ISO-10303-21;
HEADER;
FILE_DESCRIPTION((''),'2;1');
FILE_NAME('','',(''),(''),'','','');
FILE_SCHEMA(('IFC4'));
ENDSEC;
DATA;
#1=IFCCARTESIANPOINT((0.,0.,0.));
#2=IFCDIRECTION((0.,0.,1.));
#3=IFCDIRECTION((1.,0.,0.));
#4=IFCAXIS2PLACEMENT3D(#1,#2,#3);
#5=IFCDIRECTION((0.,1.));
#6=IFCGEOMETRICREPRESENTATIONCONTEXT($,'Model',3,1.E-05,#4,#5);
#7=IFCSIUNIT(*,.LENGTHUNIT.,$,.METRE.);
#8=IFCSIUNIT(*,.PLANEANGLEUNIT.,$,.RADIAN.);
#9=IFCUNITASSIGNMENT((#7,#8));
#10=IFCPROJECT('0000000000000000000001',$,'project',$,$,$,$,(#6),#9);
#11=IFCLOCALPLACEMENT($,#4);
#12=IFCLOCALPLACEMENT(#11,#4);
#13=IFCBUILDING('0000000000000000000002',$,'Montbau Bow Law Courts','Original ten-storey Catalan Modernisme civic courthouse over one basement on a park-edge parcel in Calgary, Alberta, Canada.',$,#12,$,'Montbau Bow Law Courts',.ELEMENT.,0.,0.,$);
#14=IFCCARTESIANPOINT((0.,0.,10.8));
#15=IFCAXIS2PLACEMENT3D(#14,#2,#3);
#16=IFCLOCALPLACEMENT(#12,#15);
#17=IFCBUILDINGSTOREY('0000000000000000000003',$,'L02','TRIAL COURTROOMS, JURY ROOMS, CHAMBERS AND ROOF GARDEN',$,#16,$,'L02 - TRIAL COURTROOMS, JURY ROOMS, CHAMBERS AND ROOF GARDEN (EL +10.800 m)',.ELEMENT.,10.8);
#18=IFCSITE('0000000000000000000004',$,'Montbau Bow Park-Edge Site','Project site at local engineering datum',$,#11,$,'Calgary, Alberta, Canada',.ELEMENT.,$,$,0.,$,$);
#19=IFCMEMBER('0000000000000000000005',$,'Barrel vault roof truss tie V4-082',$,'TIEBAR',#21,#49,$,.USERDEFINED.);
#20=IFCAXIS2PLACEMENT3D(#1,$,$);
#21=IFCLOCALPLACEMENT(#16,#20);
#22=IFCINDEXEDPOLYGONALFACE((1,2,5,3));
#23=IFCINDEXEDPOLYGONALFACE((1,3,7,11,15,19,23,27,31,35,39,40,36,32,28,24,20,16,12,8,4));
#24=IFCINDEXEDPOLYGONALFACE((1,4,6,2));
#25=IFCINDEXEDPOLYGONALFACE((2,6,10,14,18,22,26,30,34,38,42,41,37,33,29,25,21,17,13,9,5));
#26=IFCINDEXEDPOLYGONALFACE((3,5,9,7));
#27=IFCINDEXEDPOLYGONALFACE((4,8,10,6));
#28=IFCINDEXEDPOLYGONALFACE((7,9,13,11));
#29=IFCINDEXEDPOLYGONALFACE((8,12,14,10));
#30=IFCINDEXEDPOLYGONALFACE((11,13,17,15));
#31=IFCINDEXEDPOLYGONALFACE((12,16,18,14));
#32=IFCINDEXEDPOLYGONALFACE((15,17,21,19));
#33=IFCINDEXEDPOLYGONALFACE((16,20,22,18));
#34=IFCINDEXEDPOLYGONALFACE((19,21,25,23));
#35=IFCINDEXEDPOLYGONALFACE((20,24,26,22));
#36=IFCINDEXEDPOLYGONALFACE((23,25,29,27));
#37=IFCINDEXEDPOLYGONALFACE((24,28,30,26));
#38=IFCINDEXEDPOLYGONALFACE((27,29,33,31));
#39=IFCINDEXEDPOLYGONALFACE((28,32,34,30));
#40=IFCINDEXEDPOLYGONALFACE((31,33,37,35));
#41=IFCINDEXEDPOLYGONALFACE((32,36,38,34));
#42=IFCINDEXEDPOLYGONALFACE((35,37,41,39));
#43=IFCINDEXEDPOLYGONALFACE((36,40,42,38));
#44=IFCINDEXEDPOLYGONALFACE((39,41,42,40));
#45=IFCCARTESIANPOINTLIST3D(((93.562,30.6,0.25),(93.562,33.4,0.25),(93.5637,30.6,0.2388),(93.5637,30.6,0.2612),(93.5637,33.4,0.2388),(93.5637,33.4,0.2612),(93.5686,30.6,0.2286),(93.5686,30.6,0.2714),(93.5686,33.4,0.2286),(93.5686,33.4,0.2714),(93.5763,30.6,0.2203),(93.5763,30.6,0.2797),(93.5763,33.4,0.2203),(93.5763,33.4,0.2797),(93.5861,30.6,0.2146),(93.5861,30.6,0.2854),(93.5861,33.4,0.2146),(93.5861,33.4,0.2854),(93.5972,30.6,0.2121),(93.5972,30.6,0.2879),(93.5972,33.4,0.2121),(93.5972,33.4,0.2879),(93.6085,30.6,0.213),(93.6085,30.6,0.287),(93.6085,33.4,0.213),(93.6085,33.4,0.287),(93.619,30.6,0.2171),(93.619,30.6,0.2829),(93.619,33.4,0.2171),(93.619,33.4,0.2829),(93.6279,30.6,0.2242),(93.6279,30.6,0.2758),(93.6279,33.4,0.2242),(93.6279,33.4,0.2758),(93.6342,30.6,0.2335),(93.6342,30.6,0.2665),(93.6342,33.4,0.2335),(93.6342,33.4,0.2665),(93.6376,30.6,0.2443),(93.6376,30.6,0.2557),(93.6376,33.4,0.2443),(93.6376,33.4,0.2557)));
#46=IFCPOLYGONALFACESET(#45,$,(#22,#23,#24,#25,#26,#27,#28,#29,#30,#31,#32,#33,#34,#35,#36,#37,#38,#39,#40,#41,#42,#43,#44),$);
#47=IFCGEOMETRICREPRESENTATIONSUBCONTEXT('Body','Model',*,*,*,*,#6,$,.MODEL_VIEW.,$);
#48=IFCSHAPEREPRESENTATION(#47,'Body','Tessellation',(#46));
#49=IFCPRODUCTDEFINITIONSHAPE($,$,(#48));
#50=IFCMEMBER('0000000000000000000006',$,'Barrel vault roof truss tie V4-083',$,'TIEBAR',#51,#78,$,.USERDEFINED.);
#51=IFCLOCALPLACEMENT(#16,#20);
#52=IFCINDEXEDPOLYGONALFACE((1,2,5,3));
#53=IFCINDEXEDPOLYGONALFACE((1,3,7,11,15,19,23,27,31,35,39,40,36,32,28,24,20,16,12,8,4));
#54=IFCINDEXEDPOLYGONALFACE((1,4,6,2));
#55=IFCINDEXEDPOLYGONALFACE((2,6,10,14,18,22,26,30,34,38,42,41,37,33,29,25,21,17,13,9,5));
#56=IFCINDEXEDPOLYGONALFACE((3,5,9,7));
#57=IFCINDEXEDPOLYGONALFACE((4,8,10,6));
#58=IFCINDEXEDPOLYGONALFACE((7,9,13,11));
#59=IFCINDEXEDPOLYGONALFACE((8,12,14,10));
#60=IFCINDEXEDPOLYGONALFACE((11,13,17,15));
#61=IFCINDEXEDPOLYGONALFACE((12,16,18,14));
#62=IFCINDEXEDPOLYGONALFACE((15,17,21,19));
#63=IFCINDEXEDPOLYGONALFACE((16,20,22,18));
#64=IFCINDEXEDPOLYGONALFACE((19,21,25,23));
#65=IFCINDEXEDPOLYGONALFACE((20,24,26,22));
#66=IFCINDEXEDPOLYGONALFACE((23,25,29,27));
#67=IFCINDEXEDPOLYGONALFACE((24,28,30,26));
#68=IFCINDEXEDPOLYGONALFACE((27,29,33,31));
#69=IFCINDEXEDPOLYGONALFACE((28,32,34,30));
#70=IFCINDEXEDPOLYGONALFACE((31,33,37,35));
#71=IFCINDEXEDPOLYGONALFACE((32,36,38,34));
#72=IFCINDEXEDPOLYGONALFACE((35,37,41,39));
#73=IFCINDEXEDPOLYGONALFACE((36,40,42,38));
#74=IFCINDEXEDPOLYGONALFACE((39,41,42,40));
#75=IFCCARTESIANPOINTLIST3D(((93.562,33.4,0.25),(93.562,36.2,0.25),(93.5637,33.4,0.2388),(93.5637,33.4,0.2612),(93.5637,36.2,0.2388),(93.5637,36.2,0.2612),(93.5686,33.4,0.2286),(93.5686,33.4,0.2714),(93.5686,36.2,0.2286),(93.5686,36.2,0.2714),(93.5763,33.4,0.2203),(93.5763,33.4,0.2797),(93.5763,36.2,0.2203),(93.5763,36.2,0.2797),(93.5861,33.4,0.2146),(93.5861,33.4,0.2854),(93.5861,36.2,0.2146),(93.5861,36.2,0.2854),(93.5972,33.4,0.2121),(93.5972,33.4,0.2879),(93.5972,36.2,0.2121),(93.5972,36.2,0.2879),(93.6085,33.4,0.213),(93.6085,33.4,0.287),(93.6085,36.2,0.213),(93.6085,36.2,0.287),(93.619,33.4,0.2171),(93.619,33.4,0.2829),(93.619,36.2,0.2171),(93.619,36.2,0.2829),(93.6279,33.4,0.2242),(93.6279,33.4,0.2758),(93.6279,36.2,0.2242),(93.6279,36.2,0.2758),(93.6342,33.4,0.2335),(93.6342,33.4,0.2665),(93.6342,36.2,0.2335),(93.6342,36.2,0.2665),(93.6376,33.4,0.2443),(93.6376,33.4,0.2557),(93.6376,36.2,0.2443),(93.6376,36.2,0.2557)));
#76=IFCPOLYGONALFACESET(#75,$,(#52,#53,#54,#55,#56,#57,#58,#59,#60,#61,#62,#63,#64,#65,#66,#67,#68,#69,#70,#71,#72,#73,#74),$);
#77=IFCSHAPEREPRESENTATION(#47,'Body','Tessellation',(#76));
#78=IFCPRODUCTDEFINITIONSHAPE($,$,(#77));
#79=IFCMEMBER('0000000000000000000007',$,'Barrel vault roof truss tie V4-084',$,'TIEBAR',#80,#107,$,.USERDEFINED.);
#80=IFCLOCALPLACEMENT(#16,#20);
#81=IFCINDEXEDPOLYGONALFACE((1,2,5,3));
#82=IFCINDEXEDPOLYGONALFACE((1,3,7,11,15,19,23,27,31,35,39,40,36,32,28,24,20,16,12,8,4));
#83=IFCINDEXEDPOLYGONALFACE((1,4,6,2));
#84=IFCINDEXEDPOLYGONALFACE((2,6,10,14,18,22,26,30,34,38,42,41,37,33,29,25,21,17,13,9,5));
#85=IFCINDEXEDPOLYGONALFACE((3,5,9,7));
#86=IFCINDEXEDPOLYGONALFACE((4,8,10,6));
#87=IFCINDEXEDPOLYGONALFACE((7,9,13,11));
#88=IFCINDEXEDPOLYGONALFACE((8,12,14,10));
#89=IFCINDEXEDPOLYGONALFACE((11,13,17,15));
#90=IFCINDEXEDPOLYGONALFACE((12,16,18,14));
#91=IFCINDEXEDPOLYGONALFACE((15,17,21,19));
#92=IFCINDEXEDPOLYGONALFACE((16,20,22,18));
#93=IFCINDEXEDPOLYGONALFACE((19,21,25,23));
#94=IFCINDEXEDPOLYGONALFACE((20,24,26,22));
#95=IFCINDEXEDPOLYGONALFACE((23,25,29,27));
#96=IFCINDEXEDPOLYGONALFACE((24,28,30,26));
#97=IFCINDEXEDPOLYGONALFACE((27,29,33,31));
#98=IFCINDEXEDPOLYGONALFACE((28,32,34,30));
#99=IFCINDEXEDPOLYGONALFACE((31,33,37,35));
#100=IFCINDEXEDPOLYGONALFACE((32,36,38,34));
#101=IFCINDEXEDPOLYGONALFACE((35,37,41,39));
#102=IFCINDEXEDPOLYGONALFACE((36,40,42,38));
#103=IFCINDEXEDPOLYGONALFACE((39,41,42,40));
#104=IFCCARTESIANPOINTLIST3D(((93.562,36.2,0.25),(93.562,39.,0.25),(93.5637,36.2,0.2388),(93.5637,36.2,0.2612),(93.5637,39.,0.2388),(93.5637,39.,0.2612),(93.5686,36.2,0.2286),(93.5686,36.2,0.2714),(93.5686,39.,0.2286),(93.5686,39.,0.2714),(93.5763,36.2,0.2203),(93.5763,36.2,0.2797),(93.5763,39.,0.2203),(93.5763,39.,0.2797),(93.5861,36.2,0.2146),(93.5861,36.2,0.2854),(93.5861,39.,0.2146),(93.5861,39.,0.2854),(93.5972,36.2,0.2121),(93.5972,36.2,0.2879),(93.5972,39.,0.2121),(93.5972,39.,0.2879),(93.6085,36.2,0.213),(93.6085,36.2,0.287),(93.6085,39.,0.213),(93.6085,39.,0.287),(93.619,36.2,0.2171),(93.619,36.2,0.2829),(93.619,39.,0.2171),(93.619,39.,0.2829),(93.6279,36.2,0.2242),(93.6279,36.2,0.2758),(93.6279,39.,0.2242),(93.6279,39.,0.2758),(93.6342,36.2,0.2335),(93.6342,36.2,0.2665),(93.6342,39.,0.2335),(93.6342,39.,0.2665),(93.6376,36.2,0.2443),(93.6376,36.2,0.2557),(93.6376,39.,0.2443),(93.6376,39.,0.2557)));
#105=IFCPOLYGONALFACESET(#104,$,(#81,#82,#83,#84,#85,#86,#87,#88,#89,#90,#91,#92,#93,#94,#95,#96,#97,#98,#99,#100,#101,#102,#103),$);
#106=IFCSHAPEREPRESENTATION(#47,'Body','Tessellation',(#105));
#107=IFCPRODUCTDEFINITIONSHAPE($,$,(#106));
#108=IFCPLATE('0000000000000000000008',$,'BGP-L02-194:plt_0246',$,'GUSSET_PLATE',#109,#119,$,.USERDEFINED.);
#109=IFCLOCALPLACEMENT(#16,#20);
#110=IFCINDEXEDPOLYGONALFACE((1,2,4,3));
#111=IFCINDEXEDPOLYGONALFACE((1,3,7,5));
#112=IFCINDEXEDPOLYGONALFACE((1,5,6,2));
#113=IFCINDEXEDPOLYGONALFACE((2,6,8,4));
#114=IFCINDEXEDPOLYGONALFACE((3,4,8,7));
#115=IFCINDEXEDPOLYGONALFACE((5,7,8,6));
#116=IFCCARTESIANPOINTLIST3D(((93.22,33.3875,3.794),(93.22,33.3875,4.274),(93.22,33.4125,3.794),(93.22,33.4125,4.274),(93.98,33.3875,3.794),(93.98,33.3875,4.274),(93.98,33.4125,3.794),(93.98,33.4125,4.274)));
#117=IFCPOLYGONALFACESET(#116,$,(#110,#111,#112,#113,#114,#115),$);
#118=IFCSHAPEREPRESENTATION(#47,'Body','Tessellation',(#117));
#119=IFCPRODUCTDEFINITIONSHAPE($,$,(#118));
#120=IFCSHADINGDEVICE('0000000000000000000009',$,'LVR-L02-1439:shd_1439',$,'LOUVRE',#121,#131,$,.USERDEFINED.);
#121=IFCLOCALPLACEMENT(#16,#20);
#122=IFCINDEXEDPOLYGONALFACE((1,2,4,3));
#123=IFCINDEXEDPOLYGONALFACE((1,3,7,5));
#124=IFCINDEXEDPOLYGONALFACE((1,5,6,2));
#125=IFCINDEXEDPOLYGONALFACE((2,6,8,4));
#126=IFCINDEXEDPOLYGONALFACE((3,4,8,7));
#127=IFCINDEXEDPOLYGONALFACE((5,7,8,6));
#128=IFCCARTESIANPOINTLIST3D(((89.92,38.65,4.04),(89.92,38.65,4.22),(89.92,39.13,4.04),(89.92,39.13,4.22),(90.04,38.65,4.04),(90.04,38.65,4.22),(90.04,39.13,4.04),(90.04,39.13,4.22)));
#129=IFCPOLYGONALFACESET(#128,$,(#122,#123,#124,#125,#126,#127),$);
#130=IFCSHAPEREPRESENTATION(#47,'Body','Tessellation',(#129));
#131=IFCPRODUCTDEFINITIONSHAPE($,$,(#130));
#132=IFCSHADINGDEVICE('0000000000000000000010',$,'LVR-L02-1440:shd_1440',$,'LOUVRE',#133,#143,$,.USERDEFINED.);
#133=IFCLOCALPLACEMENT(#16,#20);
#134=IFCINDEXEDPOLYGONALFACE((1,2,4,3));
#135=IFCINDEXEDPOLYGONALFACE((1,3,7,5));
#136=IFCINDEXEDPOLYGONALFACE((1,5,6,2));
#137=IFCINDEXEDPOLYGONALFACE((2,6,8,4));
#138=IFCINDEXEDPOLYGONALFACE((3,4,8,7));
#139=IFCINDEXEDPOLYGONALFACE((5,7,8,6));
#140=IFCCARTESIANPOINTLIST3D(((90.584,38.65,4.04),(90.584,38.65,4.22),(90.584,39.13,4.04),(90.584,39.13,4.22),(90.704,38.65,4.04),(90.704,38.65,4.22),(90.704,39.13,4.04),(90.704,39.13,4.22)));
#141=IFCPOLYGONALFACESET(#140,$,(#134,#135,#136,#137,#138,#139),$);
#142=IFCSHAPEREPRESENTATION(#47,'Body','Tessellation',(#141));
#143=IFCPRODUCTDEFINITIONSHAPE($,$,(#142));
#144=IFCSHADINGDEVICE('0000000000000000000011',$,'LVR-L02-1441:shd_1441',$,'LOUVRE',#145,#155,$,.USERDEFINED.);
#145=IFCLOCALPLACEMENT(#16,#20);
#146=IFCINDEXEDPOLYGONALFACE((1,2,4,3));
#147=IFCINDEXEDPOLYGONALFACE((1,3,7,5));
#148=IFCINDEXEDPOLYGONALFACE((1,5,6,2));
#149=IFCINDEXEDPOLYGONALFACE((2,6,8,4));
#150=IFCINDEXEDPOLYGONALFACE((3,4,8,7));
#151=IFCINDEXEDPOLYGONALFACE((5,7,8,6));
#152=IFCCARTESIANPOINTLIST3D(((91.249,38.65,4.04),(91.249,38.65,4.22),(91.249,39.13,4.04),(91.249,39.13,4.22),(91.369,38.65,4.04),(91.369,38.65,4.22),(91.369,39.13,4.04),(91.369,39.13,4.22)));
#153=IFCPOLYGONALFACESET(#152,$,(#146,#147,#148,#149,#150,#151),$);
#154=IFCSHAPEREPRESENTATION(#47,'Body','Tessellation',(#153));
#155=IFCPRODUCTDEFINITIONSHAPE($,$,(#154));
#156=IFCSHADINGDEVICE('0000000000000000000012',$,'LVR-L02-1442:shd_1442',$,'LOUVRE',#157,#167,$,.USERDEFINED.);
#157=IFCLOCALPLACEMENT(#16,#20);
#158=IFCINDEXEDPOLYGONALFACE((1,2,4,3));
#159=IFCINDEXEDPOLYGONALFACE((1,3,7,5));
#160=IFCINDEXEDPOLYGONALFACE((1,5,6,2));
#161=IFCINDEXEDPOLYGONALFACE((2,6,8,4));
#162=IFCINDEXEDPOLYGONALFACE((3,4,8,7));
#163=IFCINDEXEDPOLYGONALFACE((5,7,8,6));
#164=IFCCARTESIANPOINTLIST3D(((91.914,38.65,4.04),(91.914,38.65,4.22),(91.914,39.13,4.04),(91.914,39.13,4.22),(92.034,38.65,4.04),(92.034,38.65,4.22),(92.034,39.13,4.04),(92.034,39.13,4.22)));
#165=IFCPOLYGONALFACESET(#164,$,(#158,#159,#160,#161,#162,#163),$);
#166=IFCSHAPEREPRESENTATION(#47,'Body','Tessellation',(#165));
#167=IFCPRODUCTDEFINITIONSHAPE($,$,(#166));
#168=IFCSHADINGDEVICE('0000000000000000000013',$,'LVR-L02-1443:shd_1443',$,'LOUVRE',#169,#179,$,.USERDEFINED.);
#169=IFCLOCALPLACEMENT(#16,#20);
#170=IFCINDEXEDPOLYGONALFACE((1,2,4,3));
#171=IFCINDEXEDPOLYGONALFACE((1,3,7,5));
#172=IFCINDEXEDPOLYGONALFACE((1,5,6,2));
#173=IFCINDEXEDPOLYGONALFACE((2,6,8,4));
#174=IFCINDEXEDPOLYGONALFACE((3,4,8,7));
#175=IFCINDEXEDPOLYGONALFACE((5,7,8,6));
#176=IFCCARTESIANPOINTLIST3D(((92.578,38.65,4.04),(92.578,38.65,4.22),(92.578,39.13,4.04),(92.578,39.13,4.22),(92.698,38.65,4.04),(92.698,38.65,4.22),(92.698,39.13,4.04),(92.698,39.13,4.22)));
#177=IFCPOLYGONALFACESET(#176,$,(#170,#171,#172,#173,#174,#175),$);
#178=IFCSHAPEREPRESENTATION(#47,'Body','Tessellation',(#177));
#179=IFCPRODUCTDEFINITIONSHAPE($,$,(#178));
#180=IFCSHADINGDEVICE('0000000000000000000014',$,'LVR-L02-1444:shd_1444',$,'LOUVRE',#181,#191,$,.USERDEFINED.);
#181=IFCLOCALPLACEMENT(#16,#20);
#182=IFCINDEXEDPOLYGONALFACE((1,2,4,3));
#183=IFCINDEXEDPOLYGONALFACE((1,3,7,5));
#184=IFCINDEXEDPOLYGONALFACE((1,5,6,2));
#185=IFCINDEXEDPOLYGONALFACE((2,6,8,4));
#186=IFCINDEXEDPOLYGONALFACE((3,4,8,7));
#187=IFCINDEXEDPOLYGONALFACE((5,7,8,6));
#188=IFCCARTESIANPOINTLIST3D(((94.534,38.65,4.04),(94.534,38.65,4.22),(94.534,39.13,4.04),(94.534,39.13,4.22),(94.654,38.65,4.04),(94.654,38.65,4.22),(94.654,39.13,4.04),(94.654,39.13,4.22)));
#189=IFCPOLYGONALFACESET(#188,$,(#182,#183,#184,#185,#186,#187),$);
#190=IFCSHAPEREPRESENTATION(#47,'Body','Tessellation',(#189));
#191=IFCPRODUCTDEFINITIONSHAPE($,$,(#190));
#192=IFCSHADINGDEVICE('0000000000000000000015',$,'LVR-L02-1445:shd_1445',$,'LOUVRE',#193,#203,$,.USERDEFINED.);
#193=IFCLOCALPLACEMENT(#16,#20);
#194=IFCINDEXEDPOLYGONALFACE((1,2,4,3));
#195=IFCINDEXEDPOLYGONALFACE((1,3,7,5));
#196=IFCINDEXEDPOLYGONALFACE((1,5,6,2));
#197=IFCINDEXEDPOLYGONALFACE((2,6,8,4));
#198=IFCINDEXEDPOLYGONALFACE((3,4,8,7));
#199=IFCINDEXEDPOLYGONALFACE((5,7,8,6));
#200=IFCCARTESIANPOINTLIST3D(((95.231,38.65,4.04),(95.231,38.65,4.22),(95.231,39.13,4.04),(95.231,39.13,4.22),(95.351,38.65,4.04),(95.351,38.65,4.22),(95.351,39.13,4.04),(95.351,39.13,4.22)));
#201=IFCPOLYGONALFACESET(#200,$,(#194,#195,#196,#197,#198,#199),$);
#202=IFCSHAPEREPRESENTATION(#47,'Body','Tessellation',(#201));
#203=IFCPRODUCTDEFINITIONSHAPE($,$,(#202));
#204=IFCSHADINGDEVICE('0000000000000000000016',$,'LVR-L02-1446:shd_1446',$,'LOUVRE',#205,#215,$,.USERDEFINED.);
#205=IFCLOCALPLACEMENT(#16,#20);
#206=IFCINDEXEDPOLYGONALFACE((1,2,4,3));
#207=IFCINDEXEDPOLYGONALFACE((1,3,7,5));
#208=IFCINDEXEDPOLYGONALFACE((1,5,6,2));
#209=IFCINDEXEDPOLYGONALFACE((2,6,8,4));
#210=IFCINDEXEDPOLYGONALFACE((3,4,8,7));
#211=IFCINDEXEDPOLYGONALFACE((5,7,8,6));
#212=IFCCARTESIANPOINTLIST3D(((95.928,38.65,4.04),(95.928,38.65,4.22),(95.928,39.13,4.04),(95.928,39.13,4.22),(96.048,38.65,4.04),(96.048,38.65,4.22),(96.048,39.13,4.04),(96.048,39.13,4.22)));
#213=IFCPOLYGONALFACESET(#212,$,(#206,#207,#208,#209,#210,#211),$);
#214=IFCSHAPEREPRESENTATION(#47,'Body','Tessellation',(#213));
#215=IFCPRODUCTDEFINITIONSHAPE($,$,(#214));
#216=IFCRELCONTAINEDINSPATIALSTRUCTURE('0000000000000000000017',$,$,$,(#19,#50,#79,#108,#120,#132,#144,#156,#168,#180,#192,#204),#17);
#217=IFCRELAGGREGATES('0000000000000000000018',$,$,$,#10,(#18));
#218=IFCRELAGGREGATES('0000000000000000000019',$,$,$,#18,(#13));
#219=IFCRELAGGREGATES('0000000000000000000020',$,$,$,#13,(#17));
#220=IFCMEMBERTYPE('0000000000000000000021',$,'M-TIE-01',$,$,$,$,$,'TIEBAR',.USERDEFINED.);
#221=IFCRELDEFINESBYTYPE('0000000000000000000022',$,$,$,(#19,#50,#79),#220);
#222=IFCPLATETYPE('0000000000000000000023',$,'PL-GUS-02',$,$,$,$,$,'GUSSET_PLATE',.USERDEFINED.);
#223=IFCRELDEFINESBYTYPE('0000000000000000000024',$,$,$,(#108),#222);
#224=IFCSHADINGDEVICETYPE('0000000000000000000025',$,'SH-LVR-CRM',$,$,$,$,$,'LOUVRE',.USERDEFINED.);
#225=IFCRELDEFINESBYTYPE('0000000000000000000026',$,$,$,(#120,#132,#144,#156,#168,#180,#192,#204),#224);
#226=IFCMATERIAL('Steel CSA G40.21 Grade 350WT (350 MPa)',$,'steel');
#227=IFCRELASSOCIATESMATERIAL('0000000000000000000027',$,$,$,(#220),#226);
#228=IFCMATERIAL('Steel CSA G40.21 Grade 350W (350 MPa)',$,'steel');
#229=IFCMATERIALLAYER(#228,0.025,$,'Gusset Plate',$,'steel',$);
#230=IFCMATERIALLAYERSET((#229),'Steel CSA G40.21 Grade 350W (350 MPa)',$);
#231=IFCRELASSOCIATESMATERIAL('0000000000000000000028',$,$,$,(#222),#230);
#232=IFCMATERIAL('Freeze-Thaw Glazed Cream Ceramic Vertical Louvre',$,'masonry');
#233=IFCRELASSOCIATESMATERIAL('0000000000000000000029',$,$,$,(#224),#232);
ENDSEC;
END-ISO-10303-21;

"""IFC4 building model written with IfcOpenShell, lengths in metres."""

from ifc_helpers import new_model, si_unit, direction, frame, origin_with_axes, origin_2d_with_axis, place, context, subcontext, project, spatial, rectangle, circle, extrude, material, layer, layer_set, material_profile, profile_set, type_object, element, save


model = new_model("IFC4")

# Units and contexts
model_context = context("Model", 3, precision=1e-05, world=origin_with_axes(), true_north=direction((0.0, 1.0)))
body_context = subcontext(model_context, "Body", "Model", "MODEL_VIEW")
ifc_project = project(units=[si_unit("LENGTHUNIT", "METRE"), si_unit("PLANEANGLEUNIT", "RADIAN")], contexts=[model_context])

# Site, building, storey
site_placement = place(None, origin_with_axes())
site = spatial("IfcSite", under=ifc_project, at=site_placement, Name="Montbau Bow Park-Edge Site", Description="Project site at local engineering datum", LongName="Calgary, Alberta, Canada", CompositionType="ELEMENT", RefElevation=0.0)
building_placement = place(site_placement, origin_with_axes())
building = spatial("IfcBuilding", under=site, at=building_placement, Name="Montbau Bow Law Courts", Description="Original ten-storey Catalan Modernisme civic courthouse over one basement on a park-edge parcel in Calgary, Alberta, Canada.", LongName="Montbau Bow Law Courts", CompositionType="ELEMENT", ElevationOfRefHeight=0.0, ElevationOfTerrain=0.0)
storey_placement = place(building_placement, frame((0.0, 0.0, 10.8), z_axis=(0.0, 0.0, 1.0), x_axis=(1.0, 0.0, 0.0)))
storey = spatial("IfcBuildingStorey", under=building, at=storey_placement, Name="L02", Description="TRIAL COURTROOMS, JURY ROOMS, CHAMBERS AND ROOF GARDEN", LongName="L02 - TRIAL COURTROOMS, JURY ROOMS, CHAMBERS AND ROOF GARDEN (EL +10.800 m)", CompositionType="ELEMENT", Elevation=10.8)

# Shared definitions
ifc_material_1 = material(Name="Steel CSA G40.21 Grade 350WT (350 MPa)", Category="steel")

# Members
ifc_material_profile_1 = material_profile(ifc_material_1, circle(Radius=0.038, at=origin_2d_with_axis()), Name="ROD76", Category="Main", Priority=0)
ifc_profile_set_1 = profile_set([ifc_material_profile_1], Name="Steel CSA G40.21 Grade 350WT (350 MPa)")
member_type_1 = type_object("IfcMemberType", Name="M-TIE-01", ElementType="TIEBAR", PredefinedType="USERDEFINED", material=ifc_profile_set_1)
for number, where, z_axis, x_axis, name in (
    (1, (93.6, 30.6, 11.05), (0.0, 1.0, 0.0), (-1.0, 0.0, 0.0), "Barrel vault roof truss tie V4-082"),
    (2, (93.6, 33.4, 11.05), (0.0, 1.0, 0.0), (-1.0, 0.0, 0.0), "Barrel vault roof truss tie V4-083"),
    (3, (93.6, 36.2, 11.05), (0.0, 1.0, 0.0), (-1.0, 0.0, 0.0), "Barrel vault roof truss tie V4-084"),
):
    element("IfcMember", number, at=place(None, frame(where, z_axis=z_axis, x_axis=x_axis)), inside=storey, type_object=member_type_1, Name=name, ObjectType="TIEBAR", PredefinedType="USERDEFINED", context=body_context, shape_type="SweptSolid", body=[
        extrude(circle(Radius=0.038, at=origin_2d_with_axis()), origin_with_axes(), (0.0, 0.0, 1.0), 2.8),
    ])

# Plate
ifc_material_2 = material(Name="Steel CSA G40.21 Grade 350W (350 MPa)", Category="steel")
ifc_layer = layer(ifc_material_2, 0.025, Name="Gusset Plate", Category="steel")
ifc_layer_set = layer_set([ifc_layer], Name="Steel CSA G40.21 Grade 350W (350 MPa)")
plate_type = type_object("IfcPlateType", Name="PL-GUS-02", ElementType="GUSSET_PLATE", PredefinedType="USERDEFINED", material=ifc_layer_set)
plate_placement = place(None, frame((93.6, 33.4, 14.594), z_axis=(0.0, 0.0, 1.0), x_axis=(1.0, 0.0, 0.0)))
element("IfcPlate", 4, at=plate_placement, inside=storey, type_object=plate_type, Name="BGP-L02-194:plt_0246", ObjectType="GUSSET_PLATE", PredefinedType="USERDEFINED", context=body_context, shape_type="SweptSolid", body=[
    extrude(rectangle(XDim=0.76, YDim=0.025, at=origin_2d_with_axis()), origin_with_axes(), (0.0, 0.0, 1.0), 0.48),
])

# Shading devices
ifc_material_3 = material(Name="Freeze-Thaw Glazed Cream Ceramic Vertical Louvre", Category="masonry")
shading_device_type = type_object("IfcShadingDeviceType", Name="SH-LVR-CRM", ElementType="LOUVRE", PredefinedType="USERDEFINED", material=ifc_material_3)
for number, where, z_axis, x_axis, name in (
    (5, (89.98, 38.89, 14.84), (0.0, 0.0, 1.0), (0.0, -1.0, 0.0), "LVR-L02-1439:shd_1439"),
    (6, (90.644, 38.89, 14.84), (0.0, 0.0, 1.0), (0.0, -1.0, 0.0), "LVR-L02-1440:shd_1440"),
    (7, (91.309, 38.89, 14.84), (0.0, 0.0, 1.0), (0.0, -1.0, 0.0), "LVR-L02-1441:shd_1441"),
    (8, (91.974, 38.89, 14.84), (0.0, 0.0, 1.0), (0.0, -1.0, 0.0), "LVR-L02-1442:shd_1442"),
    (9, (92.638, 38.89, 14.84), (0.0, 0.0, 1.0), (0.0, -1.0, 0.0), "LVR-L02-1443:shd_1443"),
    (10, (94.594, 38.89, 14.84), (0.0, 0.0, 1.0), (0.0, -1.0, 0.0), "LVR-L02-1444:shd_1444"),
    (11, (95.291, 38.89, 14.84), (0.0, 0.0, 1.0), (0.0, -1.0, 0.0), "LVR-L02-1445:shd_1445"),
    (12, (95.988, 38.89, 14.84), (0.0, 0.0, 1.0), (0.0, -1.0, 0.0), "LVR-L02-1446:shd_1446"),
):
    element("IfcShadingDevice", number, at=place(None, frame(where, z_axis=z_axis, x_axis=x_axis)), inside=storey, type_object=shading_device_type, Name=name, ObjectType="LOUVRE", PredefinedType="USERDEFINED", context=body_context, shape_type="SweptSolid", body=[
        extrude(rectangle(XDim=0.48, YDim=0.12, at=origin_2d_with_axis()), origin_with_axes(), (0.0, 0.0, 1.0), 0.18),
    ])

save(model, "model.ifc")
